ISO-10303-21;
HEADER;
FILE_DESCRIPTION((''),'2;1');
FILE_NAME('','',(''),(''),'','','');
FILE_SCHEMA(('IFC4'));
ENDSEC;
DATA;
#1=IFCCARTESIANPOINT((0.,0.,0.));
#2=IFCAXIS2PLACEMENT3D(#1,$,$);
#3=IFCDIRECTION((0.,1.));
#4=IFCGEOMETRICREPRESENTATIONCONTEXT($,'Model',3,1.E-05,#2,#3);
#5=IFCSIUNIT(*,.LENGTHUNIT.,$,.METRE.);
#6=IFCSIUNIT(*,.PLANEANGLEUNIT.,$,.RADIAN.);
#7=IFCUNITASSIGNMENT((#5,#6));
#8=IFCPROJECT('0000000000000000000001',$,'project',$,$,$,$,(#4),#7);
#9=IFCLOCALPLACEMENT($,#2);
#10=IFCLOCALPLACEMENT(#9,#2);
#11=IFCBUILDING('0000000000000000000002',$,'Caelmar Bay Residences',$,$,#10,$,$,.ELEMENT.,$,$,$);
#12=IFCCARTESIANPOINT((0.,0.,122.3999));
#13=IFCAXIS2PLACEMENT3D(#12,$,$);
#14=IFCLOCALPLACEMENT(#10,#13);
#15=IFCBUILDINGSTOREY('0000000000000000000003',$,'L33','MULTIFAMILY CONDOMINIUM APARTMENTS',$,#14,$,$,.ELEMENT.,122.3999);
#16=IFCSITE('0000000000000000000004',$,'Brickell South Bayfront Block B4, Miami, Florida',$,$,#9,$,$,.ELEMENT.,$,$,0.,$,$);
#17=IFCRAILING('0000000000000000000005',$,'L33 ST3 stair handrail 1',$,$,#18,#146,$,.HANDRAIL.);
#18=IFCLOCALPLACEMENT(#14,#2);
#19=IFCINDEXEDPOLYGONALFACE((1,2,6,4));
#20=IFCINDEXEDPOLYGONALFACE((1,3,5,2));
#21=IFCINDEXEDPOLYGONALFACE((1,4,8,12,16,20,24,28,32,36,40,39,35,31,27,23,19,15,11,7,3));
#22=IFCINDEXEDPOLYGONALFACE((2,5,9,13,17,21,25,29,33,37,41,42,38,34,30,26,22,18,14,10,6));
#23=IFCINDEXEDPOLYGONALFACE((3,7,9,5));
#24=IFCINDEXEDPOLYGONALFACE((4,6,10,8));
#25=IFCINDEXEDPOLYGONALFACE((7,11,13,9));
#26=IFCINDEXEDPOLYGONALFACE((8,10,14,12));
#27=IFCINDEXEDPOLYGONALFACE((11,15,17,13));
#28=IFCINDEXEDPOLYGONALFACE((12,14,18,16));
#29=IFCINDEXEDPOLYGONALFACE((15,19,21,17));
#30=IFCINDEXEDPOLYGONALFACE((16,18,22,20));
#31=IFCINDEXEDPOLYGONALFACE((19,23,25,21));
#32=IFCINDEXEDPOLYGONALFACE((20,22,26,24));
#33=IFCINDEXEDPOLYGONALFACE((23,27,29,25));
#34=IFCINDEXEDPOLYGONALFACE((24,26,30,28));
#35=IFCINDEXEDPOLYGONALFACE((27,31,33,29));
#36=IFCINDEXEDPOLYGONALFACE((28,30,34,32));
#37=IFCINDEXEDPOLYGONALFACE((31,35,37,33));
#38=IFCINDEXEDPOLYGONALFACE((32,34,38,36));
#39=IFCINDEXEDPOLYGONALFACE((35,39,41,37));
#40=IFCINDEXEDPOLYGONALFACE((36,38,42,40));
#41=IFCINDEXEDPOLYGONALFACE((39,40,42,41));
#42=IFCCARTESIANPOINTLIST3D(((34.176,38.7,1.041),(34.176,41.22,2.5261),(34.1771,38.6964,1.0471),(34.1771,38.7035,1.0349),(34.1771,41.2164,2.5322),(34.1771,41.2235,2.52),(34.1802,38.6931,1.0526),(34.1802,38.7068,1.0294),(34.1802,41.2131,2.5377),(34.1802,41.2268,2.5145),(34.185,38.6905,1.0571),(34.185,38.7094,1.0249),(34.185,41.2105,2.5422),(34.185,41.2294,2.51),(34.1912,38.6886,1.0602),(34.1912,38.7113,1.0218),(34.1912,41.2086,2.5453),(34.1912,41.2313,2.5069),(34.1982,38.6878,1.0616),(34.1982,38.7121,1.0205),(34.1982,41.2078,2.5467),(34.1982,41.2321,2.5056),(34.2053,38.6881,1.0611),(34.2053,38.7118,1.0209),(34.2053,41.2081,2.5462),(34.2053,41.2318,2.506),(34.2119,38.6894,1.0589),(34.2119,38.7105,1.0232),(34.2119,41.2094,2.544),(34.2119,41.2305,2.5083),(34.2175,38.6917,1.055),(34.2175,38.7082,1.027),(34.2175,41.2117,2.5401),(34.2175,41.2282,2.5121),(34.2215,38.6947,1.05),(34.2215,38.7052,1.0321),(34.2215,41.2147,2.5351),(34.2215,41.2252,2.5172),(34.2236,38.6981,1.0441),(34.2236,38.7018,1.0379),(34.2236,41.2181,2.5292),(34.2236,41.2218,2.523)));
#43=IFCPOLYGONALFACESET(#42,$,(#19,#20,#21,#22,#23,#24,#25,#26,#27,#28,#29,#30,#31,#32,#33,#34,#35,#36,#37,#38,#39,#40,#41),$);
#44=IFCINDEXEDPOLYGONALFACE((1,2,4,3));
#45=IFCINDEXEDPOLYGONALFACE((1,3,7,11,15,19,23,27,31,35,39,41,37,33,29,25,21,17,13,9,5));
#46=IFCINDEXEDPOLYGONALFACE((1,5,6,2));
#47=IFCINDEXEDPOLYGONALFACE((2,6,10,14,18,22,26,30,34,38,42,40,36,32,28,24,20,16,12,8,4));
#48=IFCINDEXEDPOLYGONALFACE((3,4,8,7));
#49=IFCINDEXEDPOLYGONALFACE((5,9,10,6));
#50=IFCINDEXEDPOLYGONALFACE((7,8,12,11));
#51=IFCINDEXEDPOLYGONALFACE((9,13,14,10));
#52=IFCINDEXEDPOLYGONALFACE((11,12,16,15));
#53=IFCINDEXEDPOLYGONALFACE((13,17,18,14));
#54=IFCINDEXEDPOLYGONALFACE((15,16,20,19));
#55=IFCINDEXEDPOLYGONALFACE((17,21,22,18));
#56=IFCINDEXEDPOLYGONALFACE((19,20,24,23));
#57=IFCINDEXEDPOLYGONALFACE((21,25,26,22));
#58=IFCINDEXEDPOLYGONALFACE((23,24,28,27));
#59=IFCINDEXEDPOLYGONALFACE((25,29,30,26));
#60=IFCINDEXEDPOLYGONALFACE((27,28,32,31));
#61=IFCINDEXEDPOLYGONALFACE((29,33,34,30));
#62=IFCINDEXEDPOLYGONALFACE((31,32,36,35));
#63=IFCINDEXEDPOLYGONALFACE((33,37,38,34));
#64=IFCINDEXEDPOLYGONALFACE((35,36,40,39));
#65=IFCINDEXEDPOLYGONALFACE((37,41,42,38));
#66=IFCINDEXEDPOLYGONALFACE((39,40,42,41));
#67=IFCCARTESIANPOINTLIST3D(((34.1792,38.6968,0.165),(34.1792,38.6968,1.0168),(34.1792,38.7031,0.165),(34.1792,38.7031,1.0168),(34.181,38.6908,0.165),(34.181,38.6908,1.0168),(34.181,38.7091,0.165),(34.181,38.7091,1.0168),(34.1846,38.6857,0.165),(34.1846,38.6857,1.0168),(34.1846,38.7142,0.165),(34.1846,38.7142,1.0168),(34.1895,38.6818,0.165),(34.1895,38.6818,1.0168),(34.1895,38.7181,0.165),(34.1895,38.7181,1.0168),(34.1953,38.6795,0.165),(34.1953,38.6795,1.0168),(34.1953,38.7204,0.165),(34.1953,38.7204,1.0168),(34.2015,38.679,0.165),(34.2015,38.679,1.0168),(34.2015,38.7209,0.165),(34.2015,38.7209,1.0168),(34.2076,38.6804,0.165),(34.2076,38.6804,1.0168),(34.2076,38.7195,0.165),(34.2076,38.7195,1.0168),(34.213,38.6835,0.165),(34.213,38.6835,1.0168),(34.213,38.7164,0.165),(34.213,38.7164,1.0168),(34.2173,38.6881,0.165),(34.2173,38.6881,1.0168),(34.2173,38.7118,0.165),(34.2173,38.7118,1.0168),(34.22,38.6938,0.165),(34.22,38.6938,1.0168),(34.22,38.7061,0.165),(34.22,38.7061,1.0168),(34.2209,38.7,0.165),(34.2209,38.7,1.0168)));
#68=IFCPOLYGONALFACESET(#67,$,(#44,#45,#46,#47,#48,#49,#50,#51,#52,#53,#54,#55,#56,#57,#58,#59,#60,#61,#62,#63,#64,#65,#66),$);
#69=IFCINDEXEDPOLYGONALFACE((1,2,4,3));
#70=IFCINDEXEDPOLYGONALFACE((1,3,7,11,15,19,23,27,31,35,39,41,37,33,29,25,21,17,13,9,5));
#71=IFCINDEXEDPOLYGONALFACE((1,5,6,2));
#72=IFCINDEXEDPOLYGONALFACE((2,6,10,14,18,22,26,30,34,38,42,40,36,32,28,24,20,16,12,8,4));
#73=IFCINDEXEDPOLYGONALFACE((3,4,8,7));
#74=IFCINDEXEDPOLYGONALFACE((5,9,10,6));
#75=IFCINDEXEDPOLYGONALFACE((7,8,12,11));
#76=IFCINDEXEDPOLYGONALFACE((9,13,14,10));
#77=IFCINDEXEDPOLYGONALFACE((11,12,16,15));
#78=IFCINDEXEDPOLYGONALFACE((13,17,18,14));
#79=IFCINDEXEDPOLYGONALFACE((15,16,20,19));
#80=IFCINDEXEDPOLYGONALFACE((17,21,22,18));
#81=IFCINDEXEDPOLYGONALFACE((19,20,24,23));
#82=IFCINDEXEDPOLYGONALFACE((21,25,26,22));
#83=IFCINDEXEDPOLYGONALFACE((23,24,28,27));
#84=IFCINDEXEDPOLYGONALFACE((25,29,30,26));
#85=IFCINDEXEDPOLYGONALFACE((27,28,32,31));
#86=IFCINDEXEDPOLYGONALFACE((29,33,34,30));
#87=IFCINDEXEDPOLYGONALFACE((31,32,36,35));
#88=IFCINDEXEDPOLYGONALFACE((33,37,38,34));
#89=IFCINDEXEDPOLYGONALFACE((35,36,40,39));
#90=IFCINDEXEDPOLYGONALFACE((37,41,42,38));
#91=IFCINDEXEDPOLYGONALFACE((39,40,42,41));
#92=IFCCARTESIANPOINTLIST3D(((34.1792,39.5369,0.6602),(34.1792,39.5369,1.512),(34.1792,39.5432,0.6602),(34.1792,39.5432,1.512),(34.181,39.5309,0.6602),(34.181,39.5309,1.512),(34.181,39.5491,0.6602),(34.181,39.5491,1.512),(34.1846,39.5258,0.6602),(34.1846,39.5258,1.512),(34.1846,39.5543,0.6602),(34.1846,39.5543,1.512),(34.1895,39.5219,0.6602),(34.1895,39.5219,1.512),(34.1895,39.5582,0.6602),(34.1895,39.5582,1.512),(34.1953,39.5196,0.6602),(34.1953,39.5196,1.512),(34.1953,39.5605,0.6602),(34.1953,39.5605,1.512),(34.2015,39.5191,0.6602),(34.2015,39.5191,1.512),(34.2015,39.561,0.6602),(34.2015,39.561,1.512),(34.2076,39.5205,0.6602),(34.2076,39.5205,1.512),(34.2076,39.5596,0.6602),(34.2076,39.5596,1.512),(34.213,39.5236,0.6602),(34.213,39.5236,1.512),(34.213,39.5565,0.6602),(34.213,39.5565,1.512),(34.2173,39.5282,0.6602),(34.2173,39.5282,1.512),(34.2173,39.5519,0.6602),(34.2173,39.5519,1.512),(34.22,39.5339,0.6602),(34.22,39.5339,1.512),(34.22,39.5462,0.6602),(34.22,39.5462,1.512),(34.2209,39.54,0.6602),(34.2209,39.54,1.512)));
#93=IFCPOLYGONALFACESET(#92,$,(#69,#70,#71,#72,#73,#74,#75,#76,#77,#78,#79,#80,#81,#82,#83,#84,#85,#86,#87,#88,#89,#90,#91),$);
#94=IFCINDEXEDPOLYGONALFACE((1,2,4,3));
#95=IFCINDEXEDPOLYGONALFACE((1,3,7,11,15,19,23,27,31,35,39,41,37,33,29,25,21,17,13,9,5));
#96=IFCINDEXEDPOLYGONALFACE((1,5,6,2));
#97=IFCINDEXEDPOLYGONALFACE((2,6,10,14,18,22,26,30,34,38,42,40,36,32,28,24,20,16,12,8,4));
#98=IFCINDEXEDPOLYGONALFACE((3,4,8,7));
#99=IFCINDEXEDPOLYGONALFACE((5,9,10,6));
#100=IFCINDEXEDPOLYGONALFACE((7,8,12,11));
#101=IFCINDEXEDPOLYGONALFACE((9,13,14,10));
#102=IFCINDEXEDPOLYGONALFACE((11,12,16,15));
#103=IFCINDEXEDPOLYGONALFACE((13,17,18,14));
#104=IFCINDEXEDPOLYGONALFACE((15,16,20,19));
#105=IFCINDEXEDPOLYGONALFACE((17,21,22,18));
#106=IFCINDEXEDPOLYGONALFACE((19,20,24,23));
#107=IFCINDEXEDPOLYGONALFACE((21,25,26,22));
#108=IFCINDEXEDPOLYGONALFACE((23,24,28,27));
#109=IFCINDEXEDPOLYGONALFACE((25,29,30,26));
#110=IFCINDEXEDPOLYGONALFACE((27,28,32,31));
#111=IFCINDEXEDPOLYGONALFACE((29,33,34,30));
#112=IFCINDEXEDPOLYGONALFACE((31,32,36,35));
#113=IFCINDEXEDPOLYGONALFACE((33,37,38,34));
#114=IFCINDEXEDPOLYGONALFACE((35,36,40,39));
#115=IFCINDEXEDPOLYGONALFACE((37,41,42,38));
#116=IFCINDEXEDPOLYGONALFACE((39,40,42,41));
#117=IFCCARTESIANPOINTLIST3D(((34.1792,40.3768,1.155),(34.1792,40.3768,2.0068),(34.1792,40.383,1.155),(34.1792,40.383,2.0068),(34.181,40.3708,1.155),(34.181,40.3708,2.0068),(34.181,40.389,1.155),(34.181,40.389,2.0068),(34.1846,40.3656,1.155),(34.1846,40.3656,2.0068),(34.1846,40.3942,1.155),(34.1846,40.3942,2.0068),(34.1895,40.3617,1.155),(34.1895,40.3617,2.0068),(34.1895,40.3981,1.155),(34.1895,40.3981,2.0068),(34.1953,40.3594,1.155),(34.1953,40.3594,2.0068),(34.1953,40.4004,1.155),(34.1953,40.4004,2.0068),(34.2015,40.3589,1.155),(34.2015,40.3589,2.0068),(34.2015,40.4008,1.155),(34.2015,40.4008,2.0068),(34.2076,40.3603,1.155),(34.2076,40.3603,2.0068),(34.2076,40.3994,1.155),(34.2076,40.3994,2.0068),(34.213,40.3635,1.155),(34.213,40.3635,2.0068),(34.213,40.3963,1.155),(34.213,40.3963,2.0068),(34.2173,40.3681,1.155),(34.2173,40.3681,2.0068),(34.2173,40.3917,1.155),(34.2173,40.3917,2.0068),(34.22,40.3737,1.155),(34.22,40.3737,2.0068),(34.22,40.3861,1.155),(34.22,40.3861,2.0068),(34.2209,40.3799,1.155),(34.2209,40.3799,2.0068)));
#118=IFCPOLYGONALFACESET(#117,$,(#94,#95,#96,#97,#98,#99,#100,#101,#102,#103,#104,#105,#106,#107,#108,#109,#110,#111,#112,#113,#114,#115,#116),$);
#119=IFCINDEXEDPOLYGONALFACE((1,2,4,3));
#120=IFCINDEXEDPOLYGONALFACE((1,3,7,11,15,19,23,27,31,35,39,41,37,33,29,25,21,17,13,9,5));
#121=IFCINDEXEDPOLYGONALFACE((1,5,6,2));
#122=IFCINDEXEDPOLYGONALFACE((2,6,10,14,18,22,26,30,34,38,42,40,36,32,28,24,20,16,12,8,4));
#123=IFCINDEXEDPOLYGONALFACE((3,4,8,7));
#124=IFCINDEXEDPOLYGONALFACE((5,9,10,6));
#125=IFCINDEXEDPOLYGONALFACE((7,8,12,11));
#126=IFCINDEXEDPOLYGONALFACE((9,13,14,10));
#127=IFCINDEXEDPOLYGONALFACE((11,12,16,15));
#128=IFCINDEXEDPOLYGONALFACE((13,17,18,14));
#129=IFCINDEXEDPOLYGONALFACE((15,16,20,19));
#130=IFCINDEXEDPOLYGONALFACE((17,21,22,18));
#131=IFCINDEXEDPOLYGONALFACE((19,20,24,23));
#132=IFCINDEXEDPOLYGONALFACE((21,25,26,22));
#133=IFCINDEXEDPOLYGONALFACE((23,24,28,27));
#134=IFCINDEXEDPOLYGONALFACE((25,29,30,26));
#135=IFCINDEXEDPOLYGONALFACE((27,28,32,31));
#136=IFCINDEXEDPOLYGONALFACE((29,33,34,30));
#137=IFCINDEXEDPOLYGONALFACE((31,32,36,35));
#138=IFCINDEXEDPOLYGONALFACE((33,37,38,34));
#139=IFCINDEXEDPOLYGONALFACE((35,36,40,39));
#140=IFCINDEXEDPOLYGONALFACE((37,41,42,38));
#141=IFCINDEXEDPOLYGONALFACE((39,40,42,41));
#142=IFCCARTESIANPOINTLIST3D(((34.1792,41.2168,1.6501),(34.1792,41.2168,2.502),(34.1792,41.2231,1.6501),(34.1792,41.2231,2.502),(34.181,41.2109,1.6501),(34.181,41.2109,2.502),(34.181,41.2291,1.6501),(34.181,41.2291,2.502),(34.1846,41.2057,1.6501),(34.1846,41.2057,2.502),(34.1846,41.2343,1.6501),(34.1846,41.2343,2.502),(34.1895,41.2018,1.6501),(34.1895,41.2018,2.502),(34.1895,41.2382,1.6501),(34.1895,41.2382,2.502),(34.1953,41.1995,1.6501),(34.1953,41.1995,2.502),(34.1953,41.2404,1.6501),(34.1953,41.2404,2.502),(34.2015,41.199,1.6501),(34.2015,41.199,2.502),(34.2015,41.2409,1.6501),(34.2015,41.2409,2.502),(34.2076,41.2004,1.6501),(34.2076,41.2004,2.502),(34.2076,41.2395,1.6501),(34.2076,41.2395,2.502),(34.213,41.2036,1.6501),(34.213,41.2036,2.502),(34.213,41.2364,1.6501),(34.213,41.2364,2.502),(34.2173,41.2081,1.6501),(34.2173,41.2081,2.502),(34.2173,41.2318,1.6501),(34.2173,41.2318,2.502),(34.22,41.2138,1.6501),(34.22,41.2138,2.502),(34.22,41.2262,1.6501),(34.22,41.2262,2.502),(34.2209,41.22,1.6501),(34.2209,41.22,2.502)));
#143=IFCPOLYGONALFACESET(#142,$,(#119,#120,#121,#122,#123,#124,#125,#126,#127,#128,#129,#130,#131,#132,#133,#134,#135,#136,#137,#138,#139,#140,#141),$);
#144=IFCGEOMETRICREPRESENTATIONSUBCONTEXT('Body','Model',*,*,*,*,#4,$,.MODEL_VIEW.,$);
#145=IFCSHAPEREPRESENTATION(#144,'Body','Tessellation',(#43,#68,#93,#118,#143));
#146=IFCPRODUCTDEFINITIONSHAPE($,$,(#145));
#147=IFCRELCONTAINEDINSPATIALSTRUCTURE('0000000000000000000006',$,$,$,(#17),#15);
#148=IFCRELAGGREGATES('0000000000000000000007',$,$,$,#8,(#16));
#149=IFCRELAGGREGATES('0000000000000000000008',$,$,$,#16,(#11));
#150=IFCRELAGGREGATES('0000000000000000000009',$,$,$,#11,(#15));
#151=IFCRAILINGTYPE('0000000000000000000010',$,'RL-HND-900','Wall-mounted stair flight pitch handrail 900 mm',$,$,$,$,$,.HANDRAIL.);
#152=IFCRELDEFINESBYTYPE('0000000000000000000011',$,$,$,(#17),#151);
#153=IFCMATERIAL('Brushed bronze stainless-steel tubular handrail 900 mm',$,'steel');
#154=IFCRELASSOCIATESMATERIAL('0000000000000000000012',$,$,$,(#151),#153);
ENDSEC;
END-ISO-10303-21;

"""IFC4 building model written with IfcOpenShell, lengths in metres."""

from ifc_helpers import new_model, si_unit, direction, frame, origin, origin_2d, place, context, subcontext, project, spatial, circle, extrude, material, type_object, element, save


model = new_model("IFC4")

# Units and contexts
model_context = context("Model", 3, precision=1e-05, world=origin(), true_north=direction((0.0, 1.0)))
body_context = subcontext(model_context, "Body", "Model", "MODEL_VIEW")
ifc_project = project(units=[si_unit("LENGTHUNIT", "METRE"), si_unit("PLANEANGLEUNIT", "RADIAN")], contexts=[model_context])

# Site, building, storey
site_placement = place(None, origin())
site = spatial("IfcSite", under=ifc_project, at=site_placement, Name="Brickell South Bayfront Block B4, Miami, Florida", CompositionType="ELEMENT", RefElevation=0.0)
building_placement = place(site_placement, origin())
building = spatial("IfcBuilding", under=site, at=building_placement, Name="Caelmar Bay Residences", CompositionType="ELEMENT")
storey_placement = place(building_placement, frame((0.0, 0.0, 122.3999)))
storey = spatial("IfcBuildingStorey", under=building, at=storey_placement, Name="L33", Description="MULTIFAMILY CONDOMINIUM APARTMENTS", CompositionType="ELEMENT", Elevation=122.3999)

# Railing
ifc_material_1 = material(Name="Brushed bronze stainless-steel tubular handrail 900 mm", Category="steel")
railing_type_1 = type_object("IfcRailingType", Name="RL-HND-900", Description="Wall-mounted stair flight pitch handrail 900 mm", PredefinedType="HANDRAIL", material=ifc_material_1)
railing_1_placement = place(storey_placement, frame((34.2, 38.7, 0.165)))
element("IfcRailing", 1, at=railing_1_placement, inside=storey, type_object=railing_type_1, Name="L33 ST3 stair handrail 1", PredefinedType="HANDRAIL", context=body_context, shape_type="SweptSolid", body=[
    extrude(circle(Radius=0.0239, at=origin_2d()), frame((0.0, 0.0, 0.876), z_axis=(0.0, 0.861524, 0.507717), x_axis=(-1.0, 0.0, 0.0)), (0.0, 0.0, 1.0), 2.925),
    extrude(circle(Radius=0.021, at=origin_2d()), origin(), (0.0, 0.0, 1.0), 0.8518),
    extrude(circle(Radius=0.021, at=origin_2d()), frame((0.0, 0.8401, 0.4951)), (0.0, 0.0, 1.0), 0.8518),
    extrude(circle(Radius=0.021, at=origin_2d()), frame((0.0, 1.6799, 0.99)), (0.0, 0.0, 1.0), 0.8518),
    extrude(circle(Radius=0.021, at=origin_2d()), frame((0.0, 2.52, 1.4851)), (0.0, 0.0, 1.0), 0.8518),
])

save(model, "model.ifc")
